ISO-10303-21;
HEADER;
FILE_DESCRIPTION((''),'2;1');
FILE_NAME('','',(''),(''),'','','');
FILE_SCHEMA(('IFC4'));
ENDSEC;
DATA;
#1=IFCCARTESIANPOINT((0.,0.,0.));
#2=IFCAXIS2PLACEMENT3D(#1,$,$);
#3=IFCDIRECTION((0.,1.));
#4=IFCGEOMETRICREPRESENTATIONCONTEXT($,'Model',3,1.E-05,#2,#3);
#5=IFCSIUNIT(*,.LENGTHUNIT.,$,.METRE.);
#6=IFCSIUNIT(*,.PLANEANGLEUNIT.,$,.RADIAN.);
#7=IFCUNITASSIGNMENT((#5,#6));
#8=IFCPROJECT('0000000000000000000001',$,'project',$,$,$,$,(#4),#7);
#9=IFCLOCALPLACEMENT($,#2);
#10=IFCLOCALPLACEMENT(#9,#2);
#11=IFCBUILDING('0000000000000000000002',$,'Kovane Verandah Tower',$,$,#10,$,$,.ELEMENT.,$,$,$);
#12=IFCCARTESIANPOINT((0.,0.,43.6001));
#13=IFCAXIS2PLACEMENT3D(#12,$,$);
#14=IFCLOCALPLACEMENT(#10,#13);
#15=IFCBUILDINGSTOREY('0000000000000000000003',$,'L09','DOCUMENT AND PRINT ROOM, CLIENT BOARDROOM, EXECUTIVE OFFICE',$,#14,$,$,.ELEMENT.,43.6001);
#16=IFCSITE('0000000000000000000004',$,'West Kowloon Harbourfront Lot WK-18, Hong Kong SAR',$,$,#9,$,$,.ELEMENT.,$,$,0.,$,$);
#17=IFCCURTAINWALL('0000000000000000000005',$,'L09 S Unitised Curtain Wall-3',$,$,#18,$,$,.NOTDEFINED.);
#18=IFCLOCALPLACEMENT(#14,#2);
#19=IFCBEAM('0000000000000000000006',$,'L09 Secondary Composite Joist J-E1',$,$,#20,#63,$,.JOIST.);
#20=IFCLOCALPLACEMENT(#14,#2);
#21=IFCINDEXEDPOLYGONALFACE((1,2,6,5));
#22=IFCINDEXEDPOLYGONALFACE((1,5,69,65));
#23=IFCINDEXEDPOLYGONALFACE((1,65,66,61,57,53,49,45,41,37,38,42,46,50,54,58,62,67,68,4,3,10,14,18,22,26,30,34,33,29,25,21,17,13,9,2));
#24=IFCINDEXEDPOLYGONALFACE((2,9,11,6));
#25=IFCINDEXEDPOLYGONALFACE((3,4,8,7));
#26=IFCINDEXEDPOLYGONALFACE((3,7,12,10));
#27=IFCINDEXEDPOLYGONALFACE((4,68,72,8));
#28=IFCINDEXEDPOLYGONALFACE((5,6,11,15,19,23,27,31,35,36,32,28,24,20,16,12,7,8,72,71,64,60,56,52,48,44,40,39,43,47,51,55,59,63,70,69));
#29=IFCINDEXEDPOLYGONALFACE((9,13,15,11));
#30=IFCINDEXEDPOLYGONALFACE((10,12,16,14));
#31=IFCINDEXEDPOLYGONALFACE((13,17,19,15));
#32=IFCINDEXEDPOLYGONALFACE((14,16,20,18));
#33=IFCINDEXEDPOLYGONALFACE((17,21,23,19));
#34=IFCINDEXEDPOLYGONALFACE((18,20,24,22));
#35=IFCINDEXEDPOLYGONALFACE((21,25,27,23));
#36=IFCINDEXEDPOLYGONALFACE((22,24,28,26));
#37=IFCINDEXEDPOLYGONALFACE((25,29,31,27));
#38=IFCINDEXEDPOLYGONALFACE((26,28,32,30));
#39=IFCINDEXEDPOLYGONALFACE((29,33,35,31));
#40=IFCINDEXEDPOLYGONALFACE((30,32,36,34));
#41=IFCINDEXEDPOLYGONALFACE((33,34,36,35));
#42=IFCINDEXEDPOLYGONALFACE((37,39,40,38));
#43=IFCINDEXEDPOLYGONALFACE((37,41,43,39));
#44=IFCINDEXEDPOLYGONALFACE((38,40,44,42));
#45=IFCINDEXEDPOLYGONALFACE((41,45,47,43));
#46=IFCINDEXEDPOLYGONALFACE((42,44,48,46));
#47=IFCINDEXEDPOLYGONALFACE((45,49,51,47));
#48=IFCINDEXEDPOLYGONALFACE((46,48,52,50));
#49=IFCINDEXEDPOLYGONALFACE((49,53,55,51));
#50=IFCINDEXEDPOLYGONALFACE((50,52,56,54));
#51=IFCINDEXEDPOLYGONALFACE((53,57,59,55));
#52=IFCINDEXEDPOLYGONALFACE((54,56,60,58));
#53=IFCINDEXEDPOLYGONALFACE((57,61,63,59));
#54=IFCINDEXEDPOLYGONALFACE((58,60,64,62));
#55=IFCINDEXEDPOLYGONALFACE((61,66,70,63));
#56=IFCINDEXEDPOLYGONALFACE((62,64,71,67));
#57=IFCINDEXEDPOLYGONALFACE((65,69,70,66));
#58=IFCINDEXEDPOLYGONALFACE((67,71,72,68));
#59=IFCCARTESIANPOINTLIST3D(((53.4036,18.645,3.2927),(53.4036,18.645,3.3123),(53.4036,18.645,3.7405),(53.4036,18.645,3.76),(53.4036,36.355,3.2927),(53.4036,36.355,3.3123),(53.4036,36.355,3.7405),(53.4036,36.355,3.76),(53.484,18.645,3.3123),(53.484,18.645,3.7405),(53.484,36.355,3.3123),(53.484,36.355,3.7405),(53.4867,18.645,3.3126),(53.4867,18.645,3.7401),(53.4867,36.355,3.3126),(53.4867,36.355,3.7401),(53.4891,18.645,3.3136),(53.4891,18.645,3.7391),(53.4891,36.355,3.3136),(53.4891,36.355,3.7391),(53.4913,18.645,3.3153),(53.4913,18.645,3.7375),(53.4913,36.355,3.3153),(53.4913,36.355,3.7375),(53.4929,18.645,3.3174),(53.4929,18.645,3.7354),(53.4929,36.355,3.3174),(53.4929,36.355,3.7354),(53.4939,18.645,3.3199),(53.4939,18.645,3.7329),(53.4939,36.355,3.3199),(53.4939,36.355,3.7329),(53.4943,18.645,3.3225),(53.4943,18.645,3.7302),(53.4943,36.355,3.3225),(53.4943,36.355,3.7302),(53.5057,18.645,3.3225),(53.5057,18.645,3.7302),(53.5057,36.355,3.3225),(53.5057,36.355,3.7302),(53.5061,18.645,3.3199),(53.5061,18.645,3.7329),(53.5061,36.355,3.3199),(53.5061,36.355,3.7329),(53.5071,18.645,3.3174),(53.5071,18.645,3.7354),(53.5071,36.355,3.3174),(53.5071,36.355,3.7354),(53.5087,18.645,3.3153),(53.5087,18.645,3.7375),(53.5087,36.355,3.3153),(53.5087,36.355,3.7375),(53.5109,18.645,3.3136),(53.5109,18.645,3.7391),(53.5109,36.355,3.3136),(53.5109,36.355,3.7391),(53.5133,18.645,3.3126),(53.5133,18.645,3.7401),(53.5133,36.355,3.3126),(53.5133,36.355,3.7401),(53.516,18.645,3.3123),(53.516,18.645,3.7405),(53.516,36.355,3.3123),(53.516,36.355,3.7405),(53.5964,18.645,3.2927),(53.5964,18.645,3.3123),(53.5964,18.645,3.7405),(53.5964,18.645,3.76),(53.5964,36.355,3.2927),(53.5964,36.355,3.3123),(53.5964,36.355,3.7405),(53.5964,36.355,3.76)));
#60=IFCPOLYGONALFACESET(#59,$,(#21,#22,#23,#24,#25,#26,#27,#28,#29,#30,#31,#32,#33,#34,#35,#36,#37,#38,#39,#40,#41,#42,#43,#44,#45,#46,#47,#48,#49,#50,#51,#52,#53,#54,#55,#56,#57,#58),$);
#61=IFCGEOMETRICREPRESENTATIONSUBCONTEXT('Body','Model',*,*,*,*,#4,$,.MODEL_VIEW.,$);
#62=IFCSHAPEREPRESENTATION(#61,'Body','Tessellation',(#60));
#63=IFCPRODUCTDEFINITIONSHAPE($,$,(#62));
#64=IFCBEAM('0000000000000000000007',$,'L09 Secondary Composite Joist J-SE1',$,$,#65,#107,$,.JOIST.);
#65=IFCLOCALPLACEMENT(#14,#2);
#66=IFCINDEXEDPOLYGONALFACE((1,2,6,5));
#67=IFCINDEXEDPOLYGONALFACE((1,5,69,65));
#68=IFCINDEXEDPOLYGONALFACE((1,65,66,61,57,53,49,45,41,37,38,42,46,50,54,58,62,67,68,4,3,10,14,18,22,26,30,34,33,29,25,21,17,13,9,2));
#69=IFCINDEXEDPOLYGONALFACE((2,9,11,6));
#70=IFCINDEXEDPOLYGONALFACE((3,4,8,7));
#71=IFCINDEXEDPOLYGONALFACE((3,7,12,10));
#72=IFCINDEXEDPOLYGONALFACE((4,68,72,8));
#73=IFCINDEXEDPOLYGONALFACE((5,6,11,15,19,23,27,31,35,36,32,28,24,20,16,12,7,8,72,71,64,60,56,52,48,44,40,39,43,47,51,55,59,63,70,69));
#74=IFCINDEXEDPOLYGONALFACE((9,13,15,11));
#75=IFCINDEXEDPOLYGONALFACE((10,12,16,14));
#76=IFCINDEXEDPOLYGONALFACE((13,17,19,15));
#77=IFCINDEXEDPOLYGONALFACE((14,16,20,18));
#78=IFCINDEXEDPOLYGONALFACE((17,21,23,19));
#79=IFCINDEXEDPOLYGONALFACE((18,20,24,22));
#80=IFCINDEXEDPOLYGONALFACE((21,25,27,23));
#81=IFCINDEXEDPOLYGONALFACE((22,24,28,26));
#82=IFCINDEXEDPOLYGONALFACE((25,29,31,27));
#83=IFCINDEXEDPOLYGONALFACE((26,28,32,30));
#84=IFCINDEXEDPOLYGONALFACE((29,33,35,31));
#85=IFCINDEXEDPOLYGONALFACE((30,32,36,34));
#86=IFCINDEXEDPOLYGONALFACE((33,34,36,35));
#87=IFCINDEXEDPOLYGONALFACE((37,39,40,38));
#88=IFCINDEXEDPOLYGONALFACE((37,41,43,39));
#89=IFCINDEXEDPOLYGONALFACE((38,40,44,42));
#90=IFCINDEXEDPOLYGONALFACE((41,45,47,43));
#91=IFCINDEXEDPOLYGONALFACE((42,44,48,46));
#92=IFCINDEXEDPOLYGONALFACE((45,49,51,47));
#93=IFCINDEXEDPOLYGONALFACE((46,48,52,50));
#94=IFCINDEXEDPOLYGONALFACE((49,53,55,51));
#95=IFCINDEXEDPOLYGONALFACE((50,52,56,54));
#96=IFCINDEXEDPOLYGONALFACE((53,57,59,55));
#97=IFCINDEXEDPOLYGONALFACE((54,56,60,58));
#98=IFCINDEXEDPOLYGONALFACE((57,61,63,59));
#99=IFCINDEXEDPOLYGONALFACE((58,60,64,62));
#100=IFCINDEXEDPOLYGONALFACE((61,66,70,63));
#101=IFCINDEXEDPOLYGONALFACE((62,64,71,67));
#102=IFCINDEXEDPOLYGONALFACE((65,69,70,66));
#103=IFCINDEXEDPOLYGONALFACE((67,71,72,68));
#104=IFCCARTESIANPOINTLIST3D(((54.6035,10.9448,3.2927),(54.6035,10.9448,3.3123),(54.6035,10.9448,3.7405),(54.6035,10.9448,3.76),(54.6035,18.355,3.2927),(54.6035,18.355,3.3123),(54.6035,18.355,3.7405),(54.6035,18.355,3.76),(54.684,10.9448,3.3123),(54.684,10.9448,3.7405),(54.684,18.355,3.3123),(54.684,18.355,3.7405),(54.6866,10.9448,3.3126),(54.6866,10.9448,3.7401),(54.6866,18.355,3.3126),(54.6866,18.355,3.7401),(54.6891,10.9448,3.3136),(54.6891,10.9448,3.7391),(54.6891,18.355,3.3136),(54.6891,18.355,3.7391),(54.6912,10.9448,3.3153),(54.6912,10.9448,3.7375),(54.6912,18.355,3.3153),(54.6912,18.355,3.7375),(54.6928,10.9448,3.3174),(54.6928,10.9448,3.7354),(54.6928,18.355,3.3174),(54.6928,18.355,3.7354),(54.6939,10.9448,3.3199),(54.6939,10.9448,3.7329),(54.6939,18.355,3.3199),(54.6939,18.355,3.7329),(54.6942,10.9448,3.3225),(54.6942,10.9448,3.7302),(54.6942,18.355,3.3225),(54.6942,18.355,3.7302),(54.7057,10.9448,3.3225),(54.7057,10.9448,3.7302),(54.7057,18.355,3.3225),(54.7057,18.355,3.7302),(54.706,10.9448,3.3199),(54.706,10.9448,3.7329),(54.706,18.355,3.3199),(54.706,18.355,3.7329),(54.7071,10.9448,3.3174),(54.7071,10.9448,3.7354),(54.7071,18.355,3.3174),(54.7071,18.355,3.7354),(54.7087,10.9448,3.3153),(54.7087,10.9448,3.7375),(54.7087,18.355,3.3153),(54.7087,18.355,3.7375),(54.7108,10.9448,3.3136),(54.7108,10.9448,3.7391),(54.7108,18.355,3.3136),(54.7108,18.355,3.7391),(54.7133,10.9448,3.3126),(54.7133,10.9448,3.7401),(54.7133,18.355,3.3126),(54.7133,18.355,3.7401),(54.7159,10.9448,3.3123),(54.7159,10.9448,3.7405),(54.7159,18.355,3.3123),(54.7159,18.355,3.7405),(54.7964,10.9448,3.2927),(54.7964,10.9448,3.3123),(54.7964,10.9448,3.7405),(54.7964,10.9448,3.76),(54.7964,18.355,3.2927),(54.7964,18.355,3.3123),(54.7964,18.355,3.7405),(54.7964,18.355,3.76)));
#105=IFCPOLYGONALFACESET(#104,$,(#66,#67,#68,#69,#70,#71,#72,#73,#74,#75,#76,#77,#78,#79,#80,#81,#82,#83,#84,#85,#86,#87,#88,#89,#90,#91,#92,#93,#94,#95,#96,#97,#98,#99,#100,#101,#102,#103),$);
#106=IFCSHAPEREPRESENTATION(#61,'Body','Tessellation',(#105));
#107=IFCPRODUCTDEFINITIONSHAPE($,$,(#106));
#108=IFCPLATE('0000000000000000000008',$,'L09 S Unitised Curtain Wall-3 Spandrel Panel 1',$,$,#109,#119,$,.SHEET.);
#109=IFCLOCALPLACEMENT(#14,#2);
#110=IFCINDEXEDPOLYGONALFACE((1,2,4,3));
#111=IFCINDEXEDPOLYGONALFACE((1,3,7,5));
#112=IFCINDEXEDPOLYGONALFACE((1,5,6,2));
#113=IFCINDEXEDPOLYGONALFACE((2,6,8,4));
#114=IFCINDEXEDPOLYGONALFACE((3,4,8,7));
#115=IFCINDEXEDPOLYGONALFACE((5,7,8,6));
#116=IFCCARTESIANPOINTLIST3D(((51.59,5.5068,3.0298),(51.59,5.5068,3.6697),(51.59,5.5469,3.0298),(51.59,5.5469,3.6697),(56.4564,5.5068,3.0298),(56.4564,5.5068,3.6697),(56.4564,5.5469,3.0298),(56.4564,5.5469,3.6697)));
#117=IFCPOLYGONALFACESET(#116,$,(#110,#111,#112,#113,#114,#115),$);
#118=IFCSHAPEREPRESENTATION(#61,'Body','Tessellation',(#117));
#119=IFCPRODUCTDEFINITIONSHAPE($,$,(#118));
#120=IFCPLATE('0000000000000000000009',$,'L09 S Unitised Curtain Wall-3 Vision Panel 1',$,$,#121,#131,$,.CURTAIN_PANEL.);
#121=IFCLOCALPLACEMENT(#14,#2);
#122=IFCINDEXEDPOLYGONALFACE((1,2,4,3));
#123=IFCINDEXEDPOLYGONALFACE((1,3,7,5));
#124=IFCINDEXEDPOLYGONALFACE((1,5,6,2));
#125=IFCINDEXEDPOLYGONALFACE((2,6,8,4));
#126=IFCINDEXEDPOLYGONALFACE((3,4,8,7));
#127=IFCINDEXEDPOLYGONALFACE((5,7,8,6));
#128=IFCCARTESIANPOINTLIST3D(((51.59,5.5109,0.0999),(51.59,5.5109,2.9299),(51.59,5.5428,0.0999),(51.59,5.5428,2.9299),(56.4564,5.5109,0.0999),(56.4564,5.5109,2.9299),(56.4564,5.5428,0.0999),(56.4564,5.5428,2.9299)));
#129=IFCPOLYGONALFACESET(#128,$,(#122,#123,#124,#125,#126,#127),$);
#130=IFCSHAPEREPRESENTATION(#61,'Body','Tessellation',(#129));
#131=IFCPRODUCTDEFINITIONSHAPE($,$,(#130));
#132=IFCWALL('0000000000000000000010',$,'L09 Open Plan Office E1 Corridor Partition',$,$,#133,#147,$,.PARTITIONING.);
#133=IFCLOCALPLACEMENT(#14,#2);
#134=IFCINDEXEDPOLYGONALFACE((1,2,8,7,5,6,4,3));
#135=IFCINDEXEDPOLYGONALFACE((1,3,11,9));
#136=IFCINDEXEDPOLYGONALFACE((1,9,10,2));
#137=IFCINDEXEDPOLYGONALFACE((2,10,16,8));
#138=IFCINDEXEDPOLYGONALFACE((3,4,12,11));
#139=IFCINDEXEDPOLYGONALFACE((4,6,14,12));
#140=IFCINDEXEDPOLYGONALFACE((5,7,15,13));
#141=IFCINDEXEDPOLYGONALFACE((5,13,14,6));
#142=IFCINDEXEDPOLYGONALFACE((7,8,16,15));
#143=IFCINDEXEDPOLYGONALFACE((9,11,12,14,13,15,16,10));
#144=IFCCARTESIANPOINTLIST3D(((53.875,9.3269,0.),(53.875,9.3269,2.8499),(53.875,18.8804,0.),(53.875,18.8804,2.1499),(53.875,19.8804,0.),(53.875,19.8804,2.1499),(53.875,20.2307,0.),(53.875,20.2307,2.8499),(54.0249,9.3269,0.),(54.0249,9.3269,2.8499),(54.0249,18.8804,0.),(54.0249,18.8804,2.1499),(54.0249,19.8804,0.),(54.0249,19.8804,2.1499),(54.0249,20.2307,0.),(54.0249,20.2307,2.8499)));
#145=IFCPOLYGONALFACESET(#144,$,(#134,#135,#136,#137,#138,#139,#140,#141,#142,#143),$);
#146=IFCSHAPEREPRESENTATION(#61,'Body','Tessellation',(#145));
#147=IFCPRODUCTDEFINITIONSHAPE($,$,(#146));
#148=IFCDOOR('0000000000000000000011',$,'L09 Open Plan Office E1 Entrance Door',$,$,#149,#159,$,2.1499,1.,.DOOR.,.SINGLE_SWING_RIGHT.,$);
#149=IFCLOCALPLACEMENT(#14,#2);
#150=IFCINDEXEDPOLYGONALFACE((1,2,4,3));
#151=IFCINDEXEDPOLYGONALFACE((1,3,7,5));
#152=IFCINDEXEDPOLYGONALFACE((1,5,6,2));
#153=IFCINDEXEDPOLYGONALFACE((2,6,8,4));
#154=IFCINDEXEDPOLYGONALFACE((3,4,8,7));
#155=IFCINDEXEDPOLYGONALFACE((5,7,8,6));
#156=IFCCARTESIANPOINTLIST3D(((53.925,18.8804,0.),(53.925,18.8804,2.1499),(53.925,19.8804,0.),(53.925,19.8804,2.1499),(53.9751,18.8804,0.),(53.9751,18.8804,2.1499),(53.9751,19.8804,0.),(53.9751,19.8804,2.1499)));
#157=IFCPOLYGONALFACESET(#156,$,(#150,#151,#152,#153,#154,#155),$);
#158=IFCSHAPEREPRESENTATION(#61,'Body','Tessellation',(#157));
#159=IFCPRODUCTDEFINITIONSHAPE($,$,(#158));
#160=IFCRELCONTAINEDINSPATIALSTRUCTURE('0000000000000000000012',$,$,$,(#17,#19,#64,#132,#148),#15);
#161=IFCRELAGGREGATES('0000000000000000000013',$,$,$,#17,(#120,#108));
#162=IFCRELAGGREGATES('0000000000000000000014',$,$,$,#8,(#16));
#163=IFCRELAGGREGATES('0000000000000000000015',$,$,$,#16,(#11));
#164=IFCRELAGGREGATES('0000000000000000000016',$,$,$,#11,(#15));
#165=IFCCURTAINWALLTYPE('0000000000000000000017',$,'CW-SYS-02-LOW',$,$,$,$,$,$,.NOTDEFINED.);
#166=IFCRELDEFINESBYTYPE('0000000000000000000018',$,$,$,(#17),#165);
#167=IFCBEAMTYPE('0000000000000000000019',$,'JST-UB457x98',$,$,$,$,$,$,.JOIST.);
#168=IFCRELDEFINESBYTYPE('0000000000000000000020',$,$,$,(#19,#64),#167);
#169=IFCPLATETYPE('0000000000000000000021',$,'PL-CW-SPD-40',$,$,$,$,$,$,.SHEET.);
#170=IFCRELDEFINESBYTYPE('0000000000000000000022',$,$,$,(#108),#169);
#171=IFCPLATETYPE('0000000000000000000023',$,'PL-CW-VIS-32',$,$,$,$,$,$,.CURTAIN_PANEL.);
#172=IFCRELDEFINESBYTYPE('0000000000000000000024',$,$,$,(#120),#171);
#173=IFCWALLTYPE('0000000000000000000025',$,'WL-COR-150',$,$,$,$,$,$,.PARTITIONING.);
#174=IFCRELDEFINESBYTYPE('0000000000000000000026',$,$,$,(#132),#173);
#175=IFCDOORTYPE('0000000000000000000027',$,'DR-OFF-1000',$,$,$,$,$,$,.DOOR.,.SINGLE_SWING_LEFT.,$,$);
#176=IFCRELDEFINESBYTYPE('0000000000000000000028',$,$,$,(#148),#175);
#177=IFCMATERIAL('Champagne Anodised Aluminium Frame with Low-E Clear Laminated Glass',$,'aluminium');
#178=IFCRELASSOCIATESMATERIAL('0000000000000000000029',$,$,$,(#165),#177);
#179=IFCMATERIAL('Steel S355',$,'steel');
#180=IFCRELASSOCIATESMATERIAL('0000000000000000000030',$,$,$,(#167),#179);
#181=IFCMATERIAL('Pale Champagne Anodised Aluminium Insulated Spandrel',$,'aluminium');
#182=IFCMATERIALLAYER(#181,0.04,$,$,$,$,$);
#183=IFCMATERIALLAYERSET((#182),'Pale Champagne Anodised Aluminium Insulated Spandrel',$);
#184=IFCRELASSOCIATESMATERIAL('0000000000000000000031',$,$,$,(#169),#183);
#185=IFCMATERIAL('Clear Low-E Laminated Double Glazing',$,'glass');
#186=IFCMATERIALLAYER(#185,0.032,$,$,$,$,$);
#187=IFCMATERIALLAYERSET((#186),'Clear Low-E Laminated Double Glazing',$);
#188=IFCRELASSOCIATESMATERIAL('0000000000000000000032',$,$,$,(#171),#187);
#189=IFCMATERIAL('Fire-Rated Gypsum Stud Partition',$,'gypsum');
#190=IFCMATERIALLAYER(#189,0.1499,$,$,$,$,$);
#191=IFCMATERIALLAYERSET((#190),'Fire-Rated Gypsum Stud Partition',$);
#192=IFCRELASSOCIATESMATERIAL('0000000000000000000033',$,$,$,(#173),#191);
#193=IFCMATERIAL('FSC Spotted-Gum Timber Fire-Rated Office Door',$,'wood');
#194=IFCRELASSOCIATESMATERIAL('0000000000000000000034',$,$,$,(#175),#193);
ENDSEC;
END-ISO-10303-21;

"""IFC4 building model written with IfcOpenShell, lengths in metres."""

from ifc_helpers import new_model, si_unit, direction, frame, frame_2d, origin, origin_2d, place, context, subcontext, project, spatial, rectangle, i_section, extrude, material, layer, layer_set, material_profile, profile_set, type_object, element, fill, aggregate, save


model = new_model("IFC4")

# Units and contexts
model_context = context("Model", 3, precision=1e-05, world=origin(), true_north=direction((0.0, 1.0)))
body_context = subcontext(model_context, "Body", "Model", "MODEL_VIEW")
ifc_project = project(units=[si_unit("LENGTHUNIT", "METRE"), si_unit("PLANEANGLEUNIT", "RADIAN")], contexts=[model_context])

# Site, building, storey
site_placement = place(None, origin())
site = spatial("IfcSite", under=ifc_project, at=site_placement, Name="West Kowloon Harbourfront Lot WK-18, Hong Kong SAR", CompositionType="ELEMENT", RefElevation=0.0)
building_placement = place(site_placement, origin())
building = spatial("IfcBuilding", under=site, at=building_placement, Name="Kovane Verandah Tower", CompositionType="ELEMENT")
storey_placement = place(building_placement, frame((0.0, 0.0, 43.6001)))
storey = spatial("IfcBuildingStorey", under=building, at=storey_placement, Name="L09", Description="DOCUMENT AND PRINT ROOM, CLIENT BOARDROOM, EXECUTIVE OFFICE", CompositionType="ELEMENT", Elevation=43.6001)

# Shared definitions
ifc_material_1 = material(Name="Steel S355", Category="steel")

# Shared definitions
ifc_material_2 = material(Name="Champagne Anodised Aluminium Frame with Low-E Clear Laminated Glass", Category="aluminium")
curtain_wall_type = type_object("IfcCurtainWallType", Name="CW-SYS-02-LOW", PredefinedType="NOTDEFINED", material=ifc_material_2)

# Curtain wall
curtain_wall_1_placement = place(storey_placement, origin())
curtain_wall_1 = element("IfcCurtainWall", 1, at=curtain_wall_1_placement, inside=storey, type_object=curtain_wall_type, Name="L09 S Unitised Curtain Wall-3", PredefinedType="NOTDEFINED")

# Beams
ifc_material_profile_1 = material_profile(ifc_material_1, i_section(OverallWidth=0.1929, OverallDepth=0.4673, WebThickness=0.0115, FlangeThickness=0.0195, FilletRadius=0.0103, at=origin_2d()), Name="UB457x191x98")
ifc_profile_set_1 = profile_set([ifc_material_profile_1], Name="Steel S355")
beam_type_1 = type_object("IfcBeamType", Name="JST-UB457x98", PredefinedType="JOIST", material=ifc_profile_set_1)
beam_1_placement = place(storey_placement, frame((53.5, 18.645, 3.5264), z_axis=(0.0, 1.0, 0.0), x_axis=(-1.0, 0.0, 0.0)))
element("IfcBeam", 2, at=beam_1_placement, inside=storey, type_object=beam_type_1, Name="L09 Secondary Composite Joist J-E1", PredefinedType="JOIST", context=body_context, shape_type="SweptSolid", body=[
    extrude(i_section(OverallWidth=0.1929, OverallDepth=0.4673, WebThickness=0.0115, FlangeThickness=0.0195, FilletRadius=0.0103, at=origin_2d()), origin(), (0.0, 0.0, 1.0), 17.71),
])
beam_2_placement = place(storey_placement, frame((54.7, 10.9448, 3.5264), z_axis=(0.0, 1.0, 0.0), x_axis=(-1.0, 0.0, 0.0)))
element("IfcBeam", 3, at=beam_2_placement, inside=storey, type_object=beam_type_1, Name="L09 Secondary Composite Joist J-SE1", PredefinedType="JOIST", context=body_context, shape_type="SweptSolid", body=[
    extrude(i_section(OverallWidth=0.1929, OverallDepth=0.4673, WebThickness=0.0115, FlangeThickness=0.0195, FilletRadius=0.0103, at=origin_2d()), origin(), (0.0, 0.0, 1.0), 7.4102),
])

# Plates
ifc_material_3 = material(Name="Pale Champagne Anodised Aluminium Insulated Spandrel", Category="aluminium")
ifc_layer_1 = layer(ifc_material_3, 0.04)
ifc_layer_set_1 = layer_set([ifc_layer_1], Name="Pale Champagne Anodised Aluminium Insulated Spandrel")
plate_type_1 = type_object("IfcPlateType", Name="PL-CW-SPD-40", PredefinedType="SHEET", material=ifc_layer_set_1)
plate_1_placement = place(storey_placement, frame((54.0232, 5.5269, 3.0298), z_axis=(0.0, 0.0, 1.0), x_axis=(1.0, 0.0, 0.0)))
plate_1 = element("IfcPlate", 4, at=plate_1_placement, type_object=plate_type_1, Name="L09 S Unitised Curtain Wall-3 Spandrel Panel 1", PredefinedType="SHEET", context=body_context, shape_type="SweptSolid", body=[
    extrude(rectangle(XDim=4.8665, YDim=0.04, at=origin_2d()), origin(), (0.0, 0.0, 1.0), 0.6399),
])
ifc_material_4 = material(Name="Clear Low-E Laminated Double Glazing", Category="glass")
ifc_layer_2 = layer(ifc_material_4, 0.032)
ifc_layer_set_2 = layer_set([ifc_layer_2], Name="Clear Low-E Laminated Double Glazing")
plate_type_2 = type_object("IfcPlateType", Name="PL-CW-VIS-32", PredefinedType="CURTAIN_PANEL", material=ifc_layer_set_2)
plate_2_placement = place(storey_placement, frame((54.0232, 5.5269, 0.0999), z_axis=(0.0, 0.0, 1.0), x_axis=(1.0, 0.0, 0.0)))
plate_2 = element("IfcPlate", 5, at=plate_2_placement, type_object=plate_type_2, Name="L09 S Unitised Curtain Wall-3 Vision Panel 1", PredefinedType="CURTAIN_PANEL", context=body_context, shape_type="SweptSolid", body=[
    extrude(rectangle(XDim=4.8665, YDim=0.032, at=origin_2d()), origin(), (0.0, 0.0, 1.0), 2.8301),
])
aggregate(curtain_wall_1, [plate_2, plate_1])

# Wall, opening, door
ifc_material_5 = material(Name="Fire-Rated Gypsum Stud Partition", Category="gypsum")
ifc_layer_3 = layer(ifc_material_5, 0.1499)
ifc_layer_set_3 = layer_set([ifc_layer_3], Name="Fire-Rated Gypsum Stud Partition")
wall_type_1 = type_object("IfcWallType", Name="WL-COR-150", PredefinedType="PARTITIONING", material=ifc_layer_set_3)
wall_1_placement = place(storey_placement, frame((53.95, 9.3269, 0.0), z_axis=(0.0, 0.0, 1.0), x_axis=(0.0, 1.0, 0.0)))
wall_1 = element("IfcWall", 6, at=wall_1_placement, inside=storey, type_object=wall_type_1, Name="L09 Open Plan Office E1 Corridor Partition", PredefinedType="PARTITIONING", context=body_context, shape_type="SweptSolid", body=[
    extrude(rectangle(XDim=10.9038, YDim=0.1499, at=frame_2d((5.4519, 0.0))), origin(), (0.0, 0.0, 1.0), 2.8499),
])
opening_1_placement = place(wall_1_placement, frame((9.5535, 0.0, 0.0)))
opening_1 = element("IfcOpeningElement", 7, at=opening_1_placement, cuts=wall_1, PredefinedType="OPENING", context=body_context, shape_type="SweptSolid", body=[
    extrude(rectangle(XDim=1.0, YDim=2.1499, at=frame_2d((0.5, 1.075))), frame((0.0, 0.075, 0.0), z_axis=(0.0, -1.0, 0.0), x_axis=(1.0, 0.0, 0.0)), (0.0, 0.0, 1.0), 0.1499),
])
ifc_material_6 = material(Name="FSC Spotted-Gum Timber Fire-Rated Office Door", Category="wood")
door_type_1 = type_object("IfcDoorType", Name="DR-OFF-1000", OperationType="SINGLE_SWING_LEFT", PredefinedType="DOOR", material=ifc_material_6)
door_1_placement = place(opening_1_placement, origin())
door_1 = element("IfcDoor", 8, at=door_1_placement, inside=storey, type_object=door_type_1, Name="L09 Open Plan Office E1 Entrance Door", OperationType="SINGLE_SWING_RIGHT", OverallHeight=2.1499, OverallWidth=1.0, PredefinedType="DOOR", context=body_context, shape_type="SweptSolid", body=[
    extrude(rectangle(XDim=1.0, YDim=2.1499, at=frame_2d((0.5, 1.075))), frame((0.0, 0.0249, 0.0), z_axis=(0.0, -1.0, 0.0), x_axis=(1.0, 0.0, 0.0)), (0.0, 0.0, 1.0), 0.05),
])
fill(opening_1, door_1)

save(model, "model.ifc")
